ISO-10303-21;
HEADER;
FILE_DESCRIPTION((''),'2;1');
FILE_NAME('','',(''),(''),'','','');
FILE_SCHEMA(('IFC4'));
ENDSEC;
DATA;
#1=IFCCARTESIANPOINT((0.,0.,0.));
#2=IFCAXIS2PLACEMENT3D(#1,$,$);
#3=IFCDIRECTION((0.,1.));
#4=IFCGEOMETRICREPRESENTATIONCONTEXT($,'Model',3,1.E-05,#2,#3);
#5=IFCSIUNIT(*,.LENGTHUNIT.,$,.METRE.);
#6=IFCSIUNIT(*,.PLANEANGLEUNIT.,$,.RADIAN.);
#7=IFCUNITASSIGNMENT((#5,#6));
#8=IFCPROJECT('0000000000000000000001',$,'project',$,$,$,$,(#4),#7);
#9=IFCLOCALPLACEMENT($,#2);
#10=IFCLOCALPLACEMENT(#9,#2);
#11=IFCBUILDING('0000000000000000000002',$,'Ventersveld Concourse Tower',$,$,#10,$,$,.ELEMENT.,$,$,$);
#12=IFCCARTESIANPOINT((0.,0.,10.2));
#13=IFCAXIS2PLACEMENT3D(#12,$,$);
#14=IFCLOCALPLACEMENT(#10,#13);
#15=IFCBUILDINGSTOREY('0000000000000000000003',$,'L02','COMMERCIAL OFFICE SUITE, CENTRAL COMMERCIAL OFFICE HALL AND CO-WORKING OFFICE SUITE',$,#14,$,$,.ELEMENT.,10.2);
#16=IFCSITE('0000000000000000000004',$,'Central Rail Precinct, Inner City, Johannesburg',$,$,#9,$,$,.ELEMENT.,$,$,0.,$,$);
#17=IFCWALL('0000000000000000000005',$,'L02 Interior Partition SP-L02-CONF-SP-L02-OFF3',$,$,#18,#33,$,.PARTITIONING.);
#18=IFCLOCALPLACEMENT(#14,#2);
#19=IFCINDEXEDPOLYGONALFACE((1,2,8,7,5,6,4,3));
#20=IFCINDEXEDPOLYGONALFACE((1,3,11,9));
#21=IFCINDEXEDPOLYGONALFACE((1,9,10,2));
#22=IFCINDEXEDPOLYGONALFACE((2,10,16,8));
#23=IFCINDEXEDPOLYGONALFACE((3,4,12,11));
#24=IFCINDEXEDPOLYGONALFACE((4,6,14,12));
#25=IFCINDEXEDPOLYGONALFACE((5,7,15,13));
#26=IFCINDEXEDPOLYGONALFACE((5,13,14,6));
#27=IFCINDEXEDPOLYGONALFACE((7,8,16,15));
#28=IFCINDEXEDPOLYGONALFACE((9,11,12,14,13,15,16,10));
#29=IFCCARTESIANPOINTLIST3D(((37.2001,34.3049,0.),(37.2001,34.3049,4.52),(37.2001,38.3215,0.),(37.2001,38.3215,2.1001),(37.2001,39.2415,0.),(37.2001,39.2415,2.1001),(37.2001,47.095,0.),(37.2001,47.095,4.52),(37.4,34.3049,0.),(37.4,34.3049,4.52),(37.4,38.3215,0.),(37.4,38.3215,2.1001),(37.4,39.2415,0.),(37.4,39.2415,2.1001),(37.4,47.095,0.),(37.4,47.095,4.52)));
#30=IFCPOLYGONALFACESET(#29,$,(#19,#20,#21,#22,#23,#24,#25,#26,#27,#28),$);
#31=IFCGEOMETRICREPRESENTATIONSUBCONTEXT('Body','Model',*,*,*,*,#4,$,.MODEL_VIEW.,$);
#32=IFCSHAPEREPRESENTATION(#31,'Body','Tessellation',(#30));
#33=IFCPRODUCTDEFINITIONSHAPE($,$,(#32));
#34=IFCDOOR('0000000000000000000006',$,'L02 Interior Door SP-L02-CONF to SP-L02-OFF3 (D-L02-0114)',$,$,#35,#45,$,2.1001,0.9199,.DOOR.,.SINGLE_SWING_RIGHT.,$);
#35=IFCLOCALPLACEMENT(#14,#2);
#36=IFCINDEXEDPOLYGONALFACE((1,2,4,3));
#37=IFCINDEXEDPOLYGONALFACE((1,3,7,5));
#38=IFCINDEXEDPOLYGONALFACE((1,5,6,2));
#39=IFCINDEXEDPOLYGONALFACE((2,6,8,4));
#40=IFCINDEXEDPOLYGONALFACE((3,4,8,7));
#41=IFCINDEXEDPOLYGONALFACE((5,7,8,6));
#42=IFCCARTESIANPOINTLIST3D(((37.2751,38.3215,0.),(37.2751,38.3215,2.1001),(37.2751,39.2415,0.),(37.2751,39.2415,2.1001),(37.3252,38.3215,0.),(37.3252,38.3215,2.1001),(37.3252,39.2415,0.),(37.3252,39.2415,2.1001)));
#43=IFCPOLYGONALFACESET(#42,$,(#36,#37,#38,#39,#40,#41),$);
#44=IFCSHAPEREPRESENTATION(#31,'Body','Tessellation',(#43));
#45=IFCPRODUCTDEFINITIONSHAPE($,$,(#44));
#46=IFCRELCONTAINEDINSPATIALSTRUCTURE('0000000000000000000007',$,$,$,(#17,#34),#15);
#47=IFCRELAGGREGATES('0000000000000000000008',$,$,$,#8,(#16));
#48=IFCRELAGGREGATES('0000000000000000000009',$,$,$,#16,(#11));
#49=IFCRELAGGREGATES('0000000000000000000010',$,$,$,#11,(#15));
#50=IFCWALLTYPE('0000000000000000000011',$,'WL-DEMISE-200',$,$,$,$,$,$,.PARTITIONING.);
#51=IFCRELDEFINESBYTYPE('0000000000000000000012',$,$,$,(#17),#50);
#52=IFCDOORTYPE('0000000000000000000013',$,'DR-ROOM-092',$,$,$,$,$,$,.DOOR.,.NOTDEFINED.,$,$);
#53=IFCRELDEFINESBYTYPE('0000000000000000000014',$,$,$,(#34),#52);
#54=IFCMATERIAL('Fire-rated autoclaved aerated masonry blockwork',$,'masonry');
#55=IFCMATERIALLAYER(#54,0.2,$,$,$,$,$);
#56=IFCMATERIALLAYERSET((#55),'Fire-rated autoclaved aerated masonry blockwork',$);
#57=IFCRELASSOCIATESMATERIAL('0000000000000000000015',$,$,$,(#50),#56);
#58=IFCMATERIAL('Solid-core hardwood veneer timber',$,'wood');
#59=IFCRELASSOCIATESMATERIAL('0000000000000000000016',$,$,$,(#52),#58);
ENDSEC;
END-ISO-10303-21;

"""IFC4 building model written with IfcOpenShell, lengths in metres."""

from ifc_helpers import new_model, si_unit, direction, frame, frame_2d, origin, place, context, subcontext, project, spatial, rectangle, extrude, material, layer, layer_set, type_object, element, fill, save


model = new_model("IFC4")

# Units and contexts
model_context = context("Model", 3, precision=1e-05, world=origin(), true_north=direction((0.0, 1.0)))
body_context = subcontext(model_context, "Body", "Model", "MODEL_VIEW")
ifc_project = project(units=[si_unit("LENGTHUNIT", "METRE"), si_unit("PLANEANGLEUNIT", "RADIAN")], contexts=[model_context])

# Site, building, storey
site_placement = place(None, origin())
site = spatial("IfcSite", under=ifc_project, at=site_placement, Name="Central Rail Precinct, Inner City, Johannesburg", CompositionType="ELEMENT", RefElevation=0.0)
building_placement = place(site_placement, origin())
building = spatial("IfcBuilding", under=site, at=building_placement, Name="Ventersveld Concourse Tower", CompositionType="ELEMENT")
storey_placement = place(building_placement, frame((0.0, 0.0, 10.2)))
storey = spatial("IfcBuildingStorey", under=building, at=storey_placement, Name="L02", Description="COMMERCIAL OFFICE SUITE, CENTRAL COMMERCIAL OFFICE HALL AND CO-WORKING OFFICE SUITE", CompositionType="ELEMENT", Elevation=10.2)

# Shared definitions
ifc_material_1 = material(Name="Fire-rated autoclaved aerated masonry blockwork", Category="masonry")
ifc_layer_1 = layer(ifc_material_1, 0.2)
ifc_layer_set_1 = layer_set([ifc_layer_1], Name="Fire-rated autoclaved aerated masonry blockwork")
wall_type_1 = type_object("IfcWallType", Name="WL-DEMISE-200", PredefinedType="PARTITIONING", material=ifc_layer_set_1)

# Wall, opening, door
wall_1_placement = place(storey_placement, frame((37.3, 34.3049, 0.0), z_axis=(0.0, 0.0, 1.0), x_axis=(0.0, 1.0, 0.0)))
wall_1 = element("IfcWall", 1, at=wall_1_placement, inside=storey, type_object=wall_type_1, Name="L02 Interior Partition SP-L02-CONF-SP-L02-OFF3", PredefinedType="PARTITIONING", context=body_context, shape_type="SweptSolid", body=[
    extrude(rectangle(XDim=12.79, YDim=0.2, at=frame_2d((6.395, 0.0))), origin(), (0.0, 0.0, 1.0), 4.52),
])
opening_placement = place(wall_1_placement, frame((4.0166, 0.0, 0.0)))
opening = element("IfcOpeningElement", 2, at=opening_placement, cuts=wall_1, PredefinedType="OPENING", context=body_context, shape_type="SweptSolid", body=[
    extrude(rectangle(XDim=0.9199, YDim=2.1001, at=frame_2d((0.46, 1.05))), frame((0.0, 0.1099, 0.0), z_axis=(0.0, -1.0, 0.0), x_axis=(1.0, 0.0, 0.0)), (0.0, 0.0, 1.0), 0.22),
])
ifc_material_2 = material(Name="Solid-core hardwood veneer timber", Category="wood")
door_type = type_object("IfcDoorType", Name="DR-ROOM-092", OperationType="NOTDEFINED", PredefinedType="DOOR", material=ifc_material_2)
door_placement = place(opening_placement, origin())
door = element("IfcDoor", 3, at=door_placement, inside=storey, type_object=door_type, Name="L02 Interior Door SP-L02-CONF to SP-L02-OFF3 (D-L02-0114)", OperationType="SINGLE_SWING_RIGHT", OverallHeight=2.1001, OverallWidth=0.9199, PredefinedType="DOOR", context=body_context, shape_type="SweptSolid", body=[
    extrude(rectangle(XDim=0.9199, YDim=2.1001, at=frame_2d((0.46, 1.05))), frame((0.0, 0.0249, 0.0), z_axis=(0.0, -1.0, 0.0), x_axis=(1.0, 0.0, 0.0)), (0.0, 0.0, 1.0), 0.05),
])
fill(opening, door)

save(model, "model.ifc")
